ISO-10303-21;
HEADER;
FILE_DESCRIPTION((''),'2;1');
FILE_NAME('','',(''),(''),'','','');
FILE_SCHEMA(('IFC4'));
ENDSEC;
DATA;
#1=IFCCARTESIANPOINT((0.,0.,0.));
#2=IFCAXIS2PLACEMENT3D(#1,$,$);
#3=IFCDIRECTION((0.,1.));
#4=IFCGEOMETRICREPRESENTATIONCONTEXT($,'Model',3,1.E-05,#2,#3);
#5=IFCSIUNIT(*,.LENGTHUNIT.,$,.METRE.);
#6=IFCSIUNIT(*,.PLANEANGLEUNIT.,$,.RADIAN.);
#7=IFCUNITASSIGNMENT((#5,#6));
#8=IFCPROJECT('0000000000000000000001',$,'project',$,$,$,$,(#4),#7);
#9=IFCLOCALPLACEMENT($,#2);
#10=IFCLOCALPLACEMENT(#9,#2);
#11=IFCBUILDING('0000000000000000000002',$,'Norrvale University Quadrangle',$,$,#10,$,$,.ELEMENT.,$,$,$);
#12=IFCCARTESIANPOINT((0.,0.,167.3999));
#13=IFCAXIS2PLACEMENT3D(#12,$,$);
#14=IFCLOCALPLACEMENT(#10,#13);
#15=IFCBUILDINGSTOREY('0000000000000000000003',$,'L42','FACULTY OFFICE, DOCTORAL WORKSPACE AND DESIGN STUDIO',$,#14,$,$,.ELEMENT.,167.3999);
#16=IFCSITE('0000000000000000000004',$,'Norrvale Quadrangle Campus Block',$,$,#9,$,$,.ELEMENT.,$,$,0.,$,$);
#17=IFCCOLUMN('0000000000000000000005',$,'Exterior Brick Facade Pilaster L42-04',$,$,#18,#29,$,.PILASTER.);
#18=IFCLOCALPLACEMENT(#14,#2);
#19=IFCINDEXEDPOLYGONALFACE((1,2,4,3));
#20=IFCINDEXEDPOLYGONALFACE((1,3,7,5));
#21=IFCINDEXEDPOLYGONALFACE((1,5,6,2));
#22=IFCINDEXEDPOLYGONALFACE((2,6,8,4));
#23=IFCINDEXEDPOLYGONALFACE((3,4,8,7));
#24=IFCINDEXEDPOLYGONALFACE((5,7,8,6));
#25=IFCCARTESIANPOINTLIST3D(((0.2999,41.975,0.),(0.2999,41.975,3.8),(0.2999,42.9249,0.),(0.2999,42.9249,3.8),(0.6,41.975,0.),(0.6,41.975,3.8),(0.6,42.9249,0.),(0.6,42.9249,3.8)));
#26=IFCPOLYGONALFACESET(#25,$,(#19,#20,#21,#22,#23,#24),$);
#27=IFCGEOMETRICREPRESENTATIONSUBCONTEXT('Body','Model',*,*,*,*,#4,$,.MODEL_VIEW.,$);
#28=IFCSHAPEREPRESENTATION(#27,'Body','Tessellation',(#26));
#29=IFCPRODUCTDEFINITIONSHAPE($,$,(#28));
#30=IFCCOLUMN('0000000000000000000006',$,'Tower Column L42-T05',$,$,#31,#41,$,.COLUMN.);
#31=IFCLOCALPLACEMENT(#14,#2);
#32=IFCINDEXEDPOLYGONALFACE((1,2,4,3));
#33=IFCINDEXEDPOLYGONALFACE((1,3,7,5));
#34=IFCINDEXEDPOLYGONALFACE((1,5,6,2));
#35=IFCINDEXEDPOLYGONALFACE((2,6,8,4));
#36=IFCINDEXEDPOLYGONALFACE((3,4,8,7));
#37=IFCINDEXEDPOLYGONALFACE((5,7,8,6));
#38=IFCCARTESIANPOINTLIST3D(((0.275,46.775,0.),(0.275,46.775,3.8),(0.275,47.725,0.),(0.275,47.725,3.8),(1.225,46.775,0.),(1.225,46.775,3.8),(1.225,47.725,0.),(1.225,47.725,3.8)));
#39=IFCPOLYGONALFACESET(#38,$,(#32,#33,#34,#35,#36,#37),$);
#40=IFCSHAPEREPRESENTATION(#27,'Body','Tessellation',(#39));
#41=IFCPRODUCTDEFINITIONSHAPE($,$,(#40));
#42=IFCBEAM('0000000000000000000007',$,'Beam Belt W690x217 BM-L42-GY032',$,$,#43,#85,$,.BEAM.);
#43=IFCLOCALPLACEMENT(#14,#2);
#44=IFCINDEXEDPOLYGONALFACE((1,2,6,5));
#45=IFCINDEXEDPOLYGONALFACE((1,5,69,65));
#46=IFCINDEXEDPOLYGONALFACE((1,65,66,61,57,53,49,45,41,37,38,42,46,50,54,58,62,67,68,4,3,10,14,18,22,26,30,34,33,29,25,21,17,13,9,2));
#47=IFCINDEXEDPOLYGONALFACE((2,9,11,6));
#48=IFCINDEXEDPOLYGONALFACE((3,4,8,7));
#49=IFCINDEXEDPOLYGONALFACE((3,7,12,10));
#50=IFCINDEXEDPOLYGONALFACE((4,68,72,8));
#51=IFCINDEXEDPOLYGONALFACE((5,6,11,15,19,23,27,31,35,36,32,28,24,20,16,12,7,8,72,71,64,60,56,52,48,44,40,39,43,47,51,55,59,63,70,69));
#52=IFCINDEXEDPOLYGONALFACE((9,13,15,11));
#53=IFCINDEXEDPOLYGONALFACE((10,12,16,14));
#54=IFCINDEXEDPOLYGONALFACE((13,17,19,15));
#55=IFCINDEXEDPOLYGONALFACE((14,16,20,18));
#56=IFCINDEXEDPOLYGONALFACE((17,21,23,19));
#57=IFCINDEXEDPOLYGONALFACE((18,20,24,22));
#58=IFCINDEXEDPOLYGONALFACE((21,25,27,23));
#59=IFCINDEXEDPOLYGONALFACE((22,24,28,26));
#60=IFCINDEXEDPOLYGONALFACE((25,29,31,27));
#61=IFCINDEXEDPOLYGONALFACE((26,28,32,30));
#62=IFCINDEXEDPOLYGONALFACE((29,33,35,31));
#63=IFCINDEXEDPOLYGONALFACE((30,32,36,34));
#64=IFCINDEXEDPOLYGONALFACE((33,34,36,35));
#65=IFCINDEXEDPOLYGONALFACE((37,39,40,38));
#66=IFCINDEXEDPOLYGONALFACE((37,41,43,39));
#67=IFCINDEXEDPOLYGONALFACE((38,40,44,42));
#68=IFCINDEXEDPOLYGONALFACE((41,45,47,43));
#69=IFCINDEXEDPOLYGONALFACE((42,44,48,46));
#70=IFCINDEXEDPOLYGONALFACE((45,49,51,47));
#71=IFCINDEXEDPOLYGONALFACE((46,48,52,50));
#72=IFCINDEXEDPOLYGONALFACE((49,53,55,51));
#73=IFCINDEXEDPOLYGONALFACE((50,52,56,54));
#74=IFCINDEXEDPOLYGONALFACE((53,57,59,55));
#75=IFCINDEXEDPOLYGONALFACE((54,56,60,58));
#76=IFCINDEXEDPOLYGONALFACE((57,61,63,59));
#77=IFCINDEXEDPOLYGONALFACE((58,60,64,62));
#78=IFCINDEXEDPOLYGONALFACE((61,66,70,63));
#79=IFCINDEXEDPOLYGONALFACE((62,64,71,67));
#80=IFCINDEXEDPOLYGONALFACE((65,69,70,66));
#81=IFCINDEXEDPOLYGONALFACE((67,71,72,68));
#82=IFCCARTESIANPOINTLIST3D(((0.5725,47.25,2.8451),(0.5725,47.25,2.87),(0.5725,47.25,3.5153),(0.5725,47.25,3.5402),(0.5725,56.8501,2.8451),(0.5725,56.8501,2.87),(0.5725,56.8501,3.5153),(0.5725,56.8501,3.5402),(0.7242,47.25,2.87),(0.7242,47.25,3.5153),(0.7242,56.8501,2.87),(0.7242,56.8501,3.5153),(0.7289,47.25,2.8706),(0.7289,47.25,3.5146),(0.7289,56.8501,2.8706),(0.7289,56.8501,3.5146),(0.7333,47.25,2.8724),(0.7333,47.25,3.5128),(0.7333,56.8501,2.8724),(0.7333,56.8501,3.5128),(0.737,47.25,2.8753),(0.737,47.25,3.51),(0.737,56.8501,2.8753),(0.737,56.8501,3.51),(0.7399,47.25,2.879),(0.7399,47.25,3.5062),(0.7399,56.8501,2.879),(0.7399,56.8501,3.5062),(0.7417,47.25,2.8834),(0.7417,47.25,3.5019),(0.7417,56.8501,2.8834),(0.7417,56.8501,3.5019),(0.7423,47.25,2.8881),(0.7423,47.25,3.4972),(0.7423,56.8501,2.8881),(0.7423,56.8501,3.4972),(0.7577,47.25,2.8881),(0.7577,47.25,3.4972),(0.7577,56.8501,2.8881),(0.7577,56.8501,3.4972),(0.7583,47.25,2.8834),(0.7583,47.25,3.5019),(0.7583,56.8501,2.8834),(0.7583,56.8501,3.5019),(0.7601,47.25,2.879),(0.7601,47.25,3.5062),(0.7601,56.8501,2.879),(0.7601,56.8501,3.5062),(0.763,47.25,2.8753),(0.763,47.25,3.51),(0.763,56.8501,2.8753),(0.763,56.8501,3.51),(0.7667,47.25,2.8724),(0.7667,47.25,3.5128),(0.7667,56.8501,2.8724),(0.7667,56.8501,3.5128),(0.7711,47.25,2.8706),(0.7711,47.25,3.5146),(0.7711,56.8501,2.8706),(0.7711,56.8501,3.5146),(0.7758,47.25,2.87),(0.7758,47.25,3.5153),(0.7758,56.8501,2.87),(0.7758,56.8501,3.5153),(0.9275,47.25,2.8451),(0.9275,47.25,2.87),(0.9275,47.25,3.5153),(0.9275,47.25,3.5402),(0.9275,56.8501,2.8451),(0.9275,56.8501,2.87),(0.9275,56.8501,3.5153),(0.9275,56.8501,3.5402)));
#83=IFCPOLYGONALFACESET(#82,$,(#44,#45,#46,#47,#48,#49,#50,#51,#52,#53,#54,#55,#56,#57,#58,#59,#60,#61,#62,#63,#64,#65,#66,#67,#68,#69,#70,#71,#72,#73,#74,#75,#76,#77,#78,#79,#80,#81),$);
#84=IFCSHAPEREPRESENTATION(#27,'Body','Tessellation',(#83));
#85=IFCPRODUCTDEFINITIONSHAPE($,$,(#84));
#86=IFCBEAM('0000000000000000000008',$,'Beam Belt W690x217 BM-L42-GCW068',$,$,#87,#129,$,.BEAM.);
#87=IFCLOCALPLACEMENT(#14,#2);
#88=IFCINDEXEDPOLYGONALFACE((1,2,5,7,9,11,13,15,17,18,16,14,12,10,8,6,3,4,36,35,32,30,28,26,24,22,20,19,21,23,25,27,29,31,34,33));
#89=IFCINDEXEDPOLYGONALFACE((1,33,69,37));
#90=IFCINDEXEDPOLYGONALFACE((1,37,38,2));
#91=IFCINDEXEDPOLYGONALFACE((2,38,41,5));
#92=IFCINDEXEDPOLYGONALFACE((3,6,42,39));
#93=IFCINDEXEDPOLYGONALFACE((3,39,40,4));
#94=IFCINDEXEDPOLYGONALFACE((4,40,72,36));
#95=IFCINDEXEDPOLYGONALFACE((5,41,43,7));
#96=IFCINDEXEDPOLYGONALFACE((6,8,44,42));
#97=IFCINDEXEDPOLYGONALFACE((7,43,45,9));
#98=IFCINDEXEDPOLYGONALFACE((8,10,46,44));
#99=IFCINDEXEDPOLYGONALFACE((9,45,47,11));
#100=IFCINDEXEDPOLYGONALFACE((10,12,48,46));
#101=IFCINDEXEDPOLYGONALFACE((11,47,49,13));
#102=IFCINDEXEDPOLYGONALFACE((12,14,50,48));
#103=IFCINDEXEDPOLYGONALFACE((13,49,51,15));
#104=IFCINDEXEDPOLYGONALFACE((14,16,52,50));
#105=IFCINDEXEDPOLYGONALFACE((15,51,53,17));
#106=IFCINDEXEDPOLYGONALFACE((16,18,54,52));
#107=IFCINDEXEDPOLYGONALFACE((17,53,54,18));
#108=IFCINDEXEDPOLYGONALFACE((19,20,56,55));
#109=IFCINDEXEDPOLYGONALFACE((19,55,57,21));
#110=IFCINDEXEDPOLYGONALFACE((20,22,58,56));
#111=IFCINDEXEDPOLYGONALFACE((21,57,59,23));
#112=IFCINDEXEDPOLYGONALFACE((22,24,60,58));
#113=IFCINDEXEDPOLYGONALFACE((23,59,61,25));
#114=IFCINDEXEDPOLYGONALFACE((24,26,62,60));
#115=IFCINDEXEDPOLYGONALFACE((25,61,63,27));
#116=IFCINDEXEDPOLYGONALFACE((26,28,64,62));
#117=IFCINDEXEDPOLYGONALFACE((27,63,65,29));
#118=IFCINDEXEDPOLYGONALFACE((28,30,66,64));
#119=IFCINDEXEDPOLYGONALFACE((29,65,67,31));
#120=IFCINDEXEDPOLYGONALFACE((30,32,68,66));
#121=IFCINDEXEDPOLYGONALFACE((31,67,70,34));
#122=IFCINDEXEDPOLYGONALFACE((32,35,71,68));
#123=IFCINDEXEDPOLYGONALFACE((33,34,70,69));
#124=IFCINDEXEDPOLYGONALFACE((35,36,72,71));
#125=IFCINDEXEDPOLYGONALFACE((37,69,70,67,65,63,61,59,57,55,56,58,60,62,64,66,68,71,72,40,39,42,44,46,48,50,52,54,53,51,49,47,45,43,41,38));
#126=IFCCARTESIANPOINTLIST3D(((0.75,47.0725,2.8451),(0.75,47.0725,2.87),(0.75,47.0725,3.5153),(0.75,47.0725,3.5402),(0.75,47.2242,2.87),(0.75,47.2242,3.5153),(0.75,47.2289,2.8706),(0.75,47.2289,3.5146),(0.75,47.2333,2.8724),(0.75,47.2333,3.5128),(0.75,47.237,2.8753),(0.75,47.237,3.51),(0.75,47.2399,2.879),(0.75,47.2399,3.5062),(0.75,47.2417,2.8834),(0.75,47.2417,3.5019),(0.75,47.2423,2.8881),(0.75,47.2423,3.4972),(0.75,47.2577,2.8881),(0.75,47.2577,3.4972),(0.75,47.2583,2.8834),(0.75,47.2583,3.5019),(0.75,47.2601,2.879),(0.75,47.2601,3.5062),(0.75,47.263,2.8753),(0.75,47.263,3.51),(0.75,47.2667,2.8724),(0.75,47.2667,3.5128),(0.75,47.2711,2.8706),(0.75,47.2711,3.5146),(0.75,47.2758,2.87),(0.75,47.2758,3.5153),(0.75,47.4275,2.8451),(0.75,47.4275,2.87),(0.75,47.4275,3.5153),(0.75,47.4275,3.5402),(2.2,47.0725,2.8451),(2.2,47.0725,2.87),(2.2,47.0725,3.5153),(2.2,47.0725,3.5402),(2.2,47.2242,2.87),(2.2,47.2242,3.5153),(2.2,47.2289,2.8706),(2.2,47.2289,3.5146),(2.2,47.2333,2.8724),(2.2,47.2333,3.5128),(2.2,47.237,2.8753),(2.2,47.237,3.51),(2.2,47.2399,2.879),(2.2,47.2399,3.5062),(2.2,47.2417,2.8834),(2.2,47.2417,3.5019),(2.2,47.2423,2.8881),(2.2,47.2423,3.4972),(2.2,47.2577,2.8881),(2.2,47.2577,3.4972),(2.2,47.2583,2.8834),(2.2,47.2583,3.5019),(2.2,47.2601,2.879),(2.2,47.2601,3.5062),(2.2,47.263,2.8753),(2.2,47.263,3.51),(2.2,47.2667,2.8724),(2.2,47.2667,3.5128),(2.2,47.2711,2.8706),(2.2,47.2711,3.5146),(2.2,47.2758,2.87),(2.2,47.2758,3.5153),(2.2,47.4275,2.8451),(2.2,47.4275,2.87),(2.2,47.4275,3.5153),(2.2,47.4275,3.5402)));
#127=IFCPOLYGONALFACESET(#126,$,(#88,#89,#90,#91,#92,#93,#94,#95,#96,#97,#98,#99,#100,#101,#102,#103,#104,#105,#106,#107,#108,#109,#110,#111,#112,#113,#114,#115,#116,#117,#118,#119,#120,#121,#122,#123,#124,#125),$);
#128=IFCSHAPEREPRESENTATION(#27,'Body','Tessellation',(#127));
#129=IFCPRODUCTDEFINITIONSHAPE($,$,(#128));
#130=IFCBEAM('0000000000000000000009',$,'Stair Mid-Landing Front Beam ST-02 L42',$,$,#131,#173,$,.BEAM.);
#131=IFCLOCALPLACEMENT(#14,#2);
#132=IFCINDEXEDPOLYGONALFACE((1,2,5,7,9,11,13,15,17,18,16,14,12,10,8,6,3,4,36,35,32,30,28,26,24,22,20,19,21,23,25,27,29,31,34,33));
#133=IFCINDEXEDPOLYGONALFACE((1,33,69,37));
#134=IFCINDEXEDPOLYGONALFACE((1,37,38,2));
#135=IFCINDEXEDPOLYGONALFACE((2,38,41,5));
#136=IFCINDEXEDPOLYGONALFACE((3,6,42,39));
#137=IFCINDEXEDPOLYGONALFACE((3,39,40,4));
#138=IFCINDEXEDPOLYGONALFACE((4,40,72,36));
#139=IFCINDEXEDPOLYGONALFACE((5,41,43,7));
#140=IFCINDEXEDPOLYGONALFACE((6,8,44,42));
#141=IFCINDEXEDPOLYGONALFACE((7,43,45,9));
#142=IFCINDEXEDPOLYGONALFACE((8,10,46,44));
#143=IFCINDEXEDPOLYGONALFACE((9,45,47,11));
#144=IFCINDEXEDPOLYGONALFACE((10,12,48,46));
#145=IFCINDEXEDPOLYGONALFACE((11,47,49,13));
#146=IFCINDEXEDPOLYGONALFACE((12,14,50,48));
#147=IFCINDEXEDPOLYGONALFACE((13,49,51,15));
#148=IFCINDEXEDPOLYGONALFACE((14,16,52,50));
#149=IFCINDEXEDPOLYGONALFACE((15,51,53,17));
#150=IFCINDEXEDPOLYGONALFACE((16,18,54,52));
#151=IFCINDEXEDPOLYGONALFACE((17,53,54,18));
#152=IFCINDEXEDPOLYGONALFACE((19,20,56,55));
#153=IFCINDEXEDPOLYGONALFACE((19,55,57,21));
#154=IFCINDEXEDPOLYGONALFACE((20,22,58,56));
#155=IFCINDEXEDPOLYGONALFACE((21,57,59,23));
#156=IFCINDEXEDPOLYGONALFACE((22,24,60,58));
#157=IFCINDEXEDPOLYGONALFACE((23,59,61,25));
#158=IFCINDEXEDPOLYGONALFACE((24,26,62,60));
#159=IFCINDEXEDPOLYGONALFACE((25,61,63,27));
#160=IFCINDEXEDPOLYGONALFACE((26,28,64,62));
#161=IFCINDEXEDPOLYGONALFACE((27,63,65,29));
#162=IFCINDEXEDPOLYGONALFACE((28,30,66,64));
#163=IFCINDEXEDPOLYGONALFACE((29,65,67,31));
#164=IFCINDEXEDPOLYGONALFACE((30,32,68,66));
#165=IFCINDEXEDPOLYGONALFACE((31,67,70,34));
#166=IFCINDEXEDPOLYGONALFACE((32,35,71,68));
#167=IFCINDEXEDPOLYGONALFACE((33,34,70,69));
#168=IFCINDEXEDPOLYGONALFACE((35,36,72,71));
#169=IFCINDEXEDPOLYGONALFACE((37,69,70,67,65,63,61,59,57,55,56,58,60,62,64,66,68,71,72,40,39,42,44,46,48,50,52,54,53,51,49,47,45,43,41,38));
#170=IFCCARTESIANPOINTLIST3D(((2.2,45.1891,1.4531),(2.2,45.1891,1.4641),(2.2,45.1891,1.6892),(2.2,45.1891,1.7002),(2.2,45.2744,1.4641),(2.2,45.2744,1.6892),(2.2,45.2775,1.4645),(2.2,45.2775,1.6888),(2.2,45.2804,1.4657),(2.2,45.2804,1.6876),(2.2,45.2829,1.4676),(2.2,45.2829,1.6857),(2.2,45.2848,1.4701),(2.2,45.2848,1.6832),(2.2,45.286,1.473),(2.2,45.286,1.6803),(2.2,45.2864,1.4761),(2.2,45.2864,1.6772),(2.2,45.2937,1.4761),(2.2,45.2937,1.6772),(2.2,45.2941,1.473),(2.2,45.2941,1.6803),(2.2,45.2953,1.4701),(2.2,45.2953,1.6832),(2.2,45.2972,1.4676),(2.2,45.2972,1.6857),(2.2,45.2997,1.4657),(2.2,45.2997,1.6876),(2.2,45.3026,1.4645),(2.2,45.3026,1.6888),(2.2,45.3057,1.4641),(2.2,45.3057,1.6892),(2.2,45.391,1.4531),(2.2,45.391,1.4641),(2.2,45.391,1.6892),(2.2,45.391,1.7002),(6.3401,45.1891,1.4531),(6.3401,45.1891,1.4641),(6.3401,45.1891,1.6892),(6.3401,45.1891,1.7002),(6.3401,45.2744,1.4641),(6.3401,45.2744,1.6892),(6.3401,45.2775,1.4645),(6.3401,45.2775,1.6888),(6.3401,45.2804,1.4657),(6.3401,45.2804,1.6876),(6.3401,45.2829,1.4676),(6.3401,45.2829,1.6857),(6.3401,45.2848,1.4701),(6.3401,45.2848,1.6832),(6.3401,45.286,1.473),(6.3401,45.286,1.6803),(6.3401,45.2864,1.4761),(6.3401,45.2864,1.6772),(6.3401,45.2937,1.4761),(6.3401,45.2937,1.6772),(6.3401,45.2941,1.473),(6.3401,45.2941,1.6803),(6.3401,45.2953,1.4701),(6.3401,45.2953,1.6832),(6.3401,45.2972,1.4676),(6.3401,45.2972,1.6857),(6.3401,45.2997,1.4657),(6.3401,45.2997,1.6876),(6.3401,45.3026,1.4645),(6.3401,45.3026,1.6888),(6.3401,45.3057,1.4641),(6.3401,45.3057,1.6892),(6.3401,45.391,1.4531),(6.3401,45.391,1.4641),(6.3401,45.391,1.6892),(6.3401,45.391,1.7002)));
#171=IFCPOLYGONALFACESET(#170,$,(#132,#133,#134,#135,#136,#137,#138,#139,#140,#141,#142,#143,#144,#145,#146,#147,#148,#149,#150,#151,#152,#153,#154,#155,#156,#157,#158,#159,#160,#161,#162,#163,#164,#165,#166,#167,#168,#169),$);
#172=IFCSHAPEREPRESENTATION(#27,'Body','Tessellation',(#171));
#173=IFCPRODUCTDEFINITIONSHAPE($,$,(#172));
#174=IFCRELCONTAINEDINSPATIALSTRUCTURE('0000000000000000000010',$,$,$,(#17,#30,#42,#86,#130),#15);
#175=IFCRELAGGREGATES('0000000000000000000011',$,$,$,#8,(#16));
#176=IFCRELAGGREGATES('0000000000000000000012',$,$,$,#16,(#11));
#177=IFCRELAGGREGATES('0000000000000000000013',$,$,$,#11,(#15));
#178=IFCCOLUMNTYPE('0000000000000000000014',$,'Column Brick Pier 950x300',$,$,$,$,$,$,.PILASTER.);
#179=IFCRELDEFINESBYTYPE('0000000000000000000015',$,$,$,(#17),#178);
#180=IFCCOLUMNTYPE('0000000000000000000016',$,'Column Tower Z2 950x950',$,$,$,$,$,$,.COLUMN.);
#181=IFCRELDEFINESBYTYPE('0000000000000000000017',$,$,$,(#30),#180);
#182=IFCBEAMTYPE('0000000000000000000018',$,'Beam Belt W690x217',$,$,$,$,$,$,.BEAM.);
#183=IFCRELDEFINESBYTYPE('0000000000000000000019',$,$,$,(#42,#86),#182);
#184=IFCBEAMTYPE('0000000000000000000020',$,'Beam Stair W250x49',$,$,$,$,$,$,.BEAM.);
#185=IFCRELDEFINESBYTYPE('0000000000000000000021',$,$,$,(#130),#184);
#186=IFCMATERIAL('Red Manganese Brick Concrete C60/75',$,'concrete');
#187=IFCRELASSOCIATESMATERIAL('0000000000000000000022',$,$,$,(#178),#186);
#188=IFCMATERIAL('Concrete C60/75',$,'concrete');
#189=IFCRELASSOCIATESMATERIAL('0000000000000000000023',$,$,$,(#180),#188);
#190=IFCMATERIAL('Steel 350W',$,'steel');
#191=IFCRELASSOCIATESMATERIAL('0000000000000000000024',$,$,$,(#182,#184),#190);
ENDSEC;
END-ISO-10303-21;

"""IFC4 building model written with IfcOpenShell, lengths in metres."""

from ifc_helpers import new_model, si_unit, direction, frame, origin, origin_2d, place, context, subcontext, project, spatial, rectangle, i_section, extrude, material, material_profile, profile_set, type_object, element, save


model = new_model("IFC4")

# Units and contexts
model_context = context("Model", 3, precision=1e-05, world=origin(), true_north=direction((0.0, 1.0)))
body_context = subcontext(model_context, "Body", "Model", "MODEL_VIEW")
ifc_project = project(units=[si_unit("LENGTHUNIT", "METRE"), si_unit("PLANEANGLEUNIT", "RADIAN")], contexts=[model_context])

# Site, building, storey
site_placement = place(None, origin())
site = spatial("IfcSite", under=ifc_project, at=site_placement, Name="Norrvale Quadrangle Campus Block", CompositionType="ELEMENT", RefElevation=0.0)
building_placement = place(site_placement, origin())
building = spatial("IfcBuilding", under=site, at=building_placement, Name="Norrvale University Quadrangle", CompositionType="ELEMENT")
storey_placement = place(building_placement, frame((0.0, 0.0, 167.3999)))
storey = spatial("IfcBuildingStorey", under=building, at=storey_placement, Name="L42", Description="FACULTY OFFICE, DOCTORAL WORKSPACE AND DESIGN STUDIO", CompositionType="ELEMENT", Elevation=167.3999)

# Columns
ifc_material_1 = material(Name="Red Manganese Brick Concrete C60/75", Category="concrete")
ifc_material_profile_1 = material_profile(ifc_material_1, rectangle(XDim=0.95, YDim=0.3, at=origin_2d()), Name="Red Manganese Brick Concrete C60/75")
ifc_profile_set_1 = profile_set([ifc_material_profile_1], Name="Red Manganese Brick Concrete C60/75")
column_type_1 = type_object("IfcColumnType", Name="Column Brick Pier 950x300", PredefinedType="PILASTER", material=ifc_profile_set_1)
column_1_placement = place(storey_placement, frame((0.45, 42.45, 0.0), z_axis=(0.0, 0.0, 1.0), x_axis=(0.0, 1.0, 0.0)))
element("IfcColumn", 1, at=column_1_placement, inside=storey, type_object=column_type_1, Name="Exterior Brick Facade Pilaster L42-04", PredefinedType="PILASTER", context=body_context, shape_type="SweptSolid", body=[
    extrude(rectangle(XDim=0.95, YDim=0.3, at=origin_2d()), origin(), (0.0, 0.0, 1.0), 3.8),
])
ifc_material_2 = material(Name="Concrete C60/75", Category="concrete")
ifc_material_profile_2 = material_profile(ifc_material_2, rectangle(XDim=0.95, YDim=0.95, at=origin_2d()), Name="Concrete C60/75")
ifc_profile_set_2 = profile_set([ifc_material_profile_2], Name="Concrete C60/75")
column_type_2 = type_object("IfcColumnType", Name="Column Tower Z2 950x950", PredefinedType="COLUMN", material=ifc_profile_set_2)
column_2_placement = place(storey_placement, frame((0.75, 47.25, 0.0), z_axis=(0.0, 0.0, 1.0), x_axis=(1.0, 0.0, 0.0)))
element("IfcColumn", 2, at=column_2_placement, inside=storey, type_object=column_type_2, Name="Tower Column L42-T05", PredefinedType="COLUMN", context=body_context, shape_type="SweptSolid", body=[
    extrude(rectangle(XDim=0.95, YDim=0.95, at=origin_2d()), origin(), (0.0, 0.0, 1.0), 3.8),
])

# Beams
ifc_material_3 = material(Name="Steel 350W", Category="steel")
ifc_material_profile_3 = material_profile(ifc_material_3, i_section(OverallWidth=0.355, OverallDepth=0.6951, WebThickness=0.0154, FlangeThickness=0.0249, FilletRadius=0.0181, at=origin_2d()), Name="Steel 350W")
ifc_profile_set_3 = profile_set([ifc_material_profile_3], Name="Steel 350W")
beam_type_1 = type_object("IfcBeamType", Name="Beam Belt W690x217", PredefinedType="BEAM", material=ifc_profile_set_3)
beam_1_placement = place(storey_placement, frame((0.75, 47.25, 3.1926), z_axis=(0.0, 1.0, 0.0), x_axis=(-1.0, 0.0, 0.0)))
element("IfcBeam", 3, at=beam_1_placement, inside=storey, type_object=beam_type_1, Name="Beam Belt W690x217 BM-L42-GY032", PredefinedType="BEAM", context=body_context, shape_type="SweptSolid", body=[
    extrude(i_section(OverallWidth=0.355, OverallDepth=0.6951, WebThickness=0.0154, FlangeThickness=0.0249, FilletRadius=0.0181, at=origin_2d()), origin(), (0.0, 0.0, 1.0), 9.6001),
])
beam_2_placement = place(storey_placement, frame((0.75, 47.25, 3.1926), z_axis=(1.0, 0.0, 0.0), x_axis=(0.0, 1.0, 0.0)))
element("IfcBeam", 4, at=beam_2_placement, inside=storey, type_object=beam_type_1, Name="Beam Belt W690x217 BM-L42-GCW068", PredefinedType="BEAM", context=body_context, shape_type="SweptSolid", body=[
    extrude(i_section(OverallWidth=0.355, OverallDepth=0.6951, WebThickness=0.0154, FlangeThickness=0.0249, FilletRadius=0.0181, at=origin_2d()), origin(), (0.0, 0.0, 1.0), 1.45),
])
ifc_material_profile_4 = material_profile(ifc_material_3, i_section(OverallWidth=0.2019, OverallDepth=0.2471, WebThickness=0.0073, FlangeThickness=0.011, FilletRadius=0.012, at=origin_2d()), Name="Steel 350W")
ifc_profile_set_4 = profile_set([ifc_material_profile_4], Name="Steel 350W")
beam_type_2 = type_object("IfcBeamType", Name="Beam Stair W250x49", PredefinedType="BEAM", material=ifc_profile_set_4)
beam_3_placement = place(storey_placement, frame((2.2, 45.29, 1.5767), z_axis=(1.0, 0.0, 0.0), x_axis=(0.0, 1.0, 0.0)))
element("IfcBeam", 5, at=beam_3_placement, inside=storey, type_object=beam_type_2, Name="Stair Mid-Landing Front Beam ST-02 L42", PredefinedType="BEAM", context=body_context, shape_type="SweptSolid", body=[
    extrude(i_section(OverallWidth=0.2019, OverallDepth=0.2471, WebThickness=0.0073, FlangeThickness=0.011, FilletRadius=0.012, at=origin_2d()), origin(), (0.0, 0.0, 1.0), 4.1401),
])

save(model, "model.ifc")
